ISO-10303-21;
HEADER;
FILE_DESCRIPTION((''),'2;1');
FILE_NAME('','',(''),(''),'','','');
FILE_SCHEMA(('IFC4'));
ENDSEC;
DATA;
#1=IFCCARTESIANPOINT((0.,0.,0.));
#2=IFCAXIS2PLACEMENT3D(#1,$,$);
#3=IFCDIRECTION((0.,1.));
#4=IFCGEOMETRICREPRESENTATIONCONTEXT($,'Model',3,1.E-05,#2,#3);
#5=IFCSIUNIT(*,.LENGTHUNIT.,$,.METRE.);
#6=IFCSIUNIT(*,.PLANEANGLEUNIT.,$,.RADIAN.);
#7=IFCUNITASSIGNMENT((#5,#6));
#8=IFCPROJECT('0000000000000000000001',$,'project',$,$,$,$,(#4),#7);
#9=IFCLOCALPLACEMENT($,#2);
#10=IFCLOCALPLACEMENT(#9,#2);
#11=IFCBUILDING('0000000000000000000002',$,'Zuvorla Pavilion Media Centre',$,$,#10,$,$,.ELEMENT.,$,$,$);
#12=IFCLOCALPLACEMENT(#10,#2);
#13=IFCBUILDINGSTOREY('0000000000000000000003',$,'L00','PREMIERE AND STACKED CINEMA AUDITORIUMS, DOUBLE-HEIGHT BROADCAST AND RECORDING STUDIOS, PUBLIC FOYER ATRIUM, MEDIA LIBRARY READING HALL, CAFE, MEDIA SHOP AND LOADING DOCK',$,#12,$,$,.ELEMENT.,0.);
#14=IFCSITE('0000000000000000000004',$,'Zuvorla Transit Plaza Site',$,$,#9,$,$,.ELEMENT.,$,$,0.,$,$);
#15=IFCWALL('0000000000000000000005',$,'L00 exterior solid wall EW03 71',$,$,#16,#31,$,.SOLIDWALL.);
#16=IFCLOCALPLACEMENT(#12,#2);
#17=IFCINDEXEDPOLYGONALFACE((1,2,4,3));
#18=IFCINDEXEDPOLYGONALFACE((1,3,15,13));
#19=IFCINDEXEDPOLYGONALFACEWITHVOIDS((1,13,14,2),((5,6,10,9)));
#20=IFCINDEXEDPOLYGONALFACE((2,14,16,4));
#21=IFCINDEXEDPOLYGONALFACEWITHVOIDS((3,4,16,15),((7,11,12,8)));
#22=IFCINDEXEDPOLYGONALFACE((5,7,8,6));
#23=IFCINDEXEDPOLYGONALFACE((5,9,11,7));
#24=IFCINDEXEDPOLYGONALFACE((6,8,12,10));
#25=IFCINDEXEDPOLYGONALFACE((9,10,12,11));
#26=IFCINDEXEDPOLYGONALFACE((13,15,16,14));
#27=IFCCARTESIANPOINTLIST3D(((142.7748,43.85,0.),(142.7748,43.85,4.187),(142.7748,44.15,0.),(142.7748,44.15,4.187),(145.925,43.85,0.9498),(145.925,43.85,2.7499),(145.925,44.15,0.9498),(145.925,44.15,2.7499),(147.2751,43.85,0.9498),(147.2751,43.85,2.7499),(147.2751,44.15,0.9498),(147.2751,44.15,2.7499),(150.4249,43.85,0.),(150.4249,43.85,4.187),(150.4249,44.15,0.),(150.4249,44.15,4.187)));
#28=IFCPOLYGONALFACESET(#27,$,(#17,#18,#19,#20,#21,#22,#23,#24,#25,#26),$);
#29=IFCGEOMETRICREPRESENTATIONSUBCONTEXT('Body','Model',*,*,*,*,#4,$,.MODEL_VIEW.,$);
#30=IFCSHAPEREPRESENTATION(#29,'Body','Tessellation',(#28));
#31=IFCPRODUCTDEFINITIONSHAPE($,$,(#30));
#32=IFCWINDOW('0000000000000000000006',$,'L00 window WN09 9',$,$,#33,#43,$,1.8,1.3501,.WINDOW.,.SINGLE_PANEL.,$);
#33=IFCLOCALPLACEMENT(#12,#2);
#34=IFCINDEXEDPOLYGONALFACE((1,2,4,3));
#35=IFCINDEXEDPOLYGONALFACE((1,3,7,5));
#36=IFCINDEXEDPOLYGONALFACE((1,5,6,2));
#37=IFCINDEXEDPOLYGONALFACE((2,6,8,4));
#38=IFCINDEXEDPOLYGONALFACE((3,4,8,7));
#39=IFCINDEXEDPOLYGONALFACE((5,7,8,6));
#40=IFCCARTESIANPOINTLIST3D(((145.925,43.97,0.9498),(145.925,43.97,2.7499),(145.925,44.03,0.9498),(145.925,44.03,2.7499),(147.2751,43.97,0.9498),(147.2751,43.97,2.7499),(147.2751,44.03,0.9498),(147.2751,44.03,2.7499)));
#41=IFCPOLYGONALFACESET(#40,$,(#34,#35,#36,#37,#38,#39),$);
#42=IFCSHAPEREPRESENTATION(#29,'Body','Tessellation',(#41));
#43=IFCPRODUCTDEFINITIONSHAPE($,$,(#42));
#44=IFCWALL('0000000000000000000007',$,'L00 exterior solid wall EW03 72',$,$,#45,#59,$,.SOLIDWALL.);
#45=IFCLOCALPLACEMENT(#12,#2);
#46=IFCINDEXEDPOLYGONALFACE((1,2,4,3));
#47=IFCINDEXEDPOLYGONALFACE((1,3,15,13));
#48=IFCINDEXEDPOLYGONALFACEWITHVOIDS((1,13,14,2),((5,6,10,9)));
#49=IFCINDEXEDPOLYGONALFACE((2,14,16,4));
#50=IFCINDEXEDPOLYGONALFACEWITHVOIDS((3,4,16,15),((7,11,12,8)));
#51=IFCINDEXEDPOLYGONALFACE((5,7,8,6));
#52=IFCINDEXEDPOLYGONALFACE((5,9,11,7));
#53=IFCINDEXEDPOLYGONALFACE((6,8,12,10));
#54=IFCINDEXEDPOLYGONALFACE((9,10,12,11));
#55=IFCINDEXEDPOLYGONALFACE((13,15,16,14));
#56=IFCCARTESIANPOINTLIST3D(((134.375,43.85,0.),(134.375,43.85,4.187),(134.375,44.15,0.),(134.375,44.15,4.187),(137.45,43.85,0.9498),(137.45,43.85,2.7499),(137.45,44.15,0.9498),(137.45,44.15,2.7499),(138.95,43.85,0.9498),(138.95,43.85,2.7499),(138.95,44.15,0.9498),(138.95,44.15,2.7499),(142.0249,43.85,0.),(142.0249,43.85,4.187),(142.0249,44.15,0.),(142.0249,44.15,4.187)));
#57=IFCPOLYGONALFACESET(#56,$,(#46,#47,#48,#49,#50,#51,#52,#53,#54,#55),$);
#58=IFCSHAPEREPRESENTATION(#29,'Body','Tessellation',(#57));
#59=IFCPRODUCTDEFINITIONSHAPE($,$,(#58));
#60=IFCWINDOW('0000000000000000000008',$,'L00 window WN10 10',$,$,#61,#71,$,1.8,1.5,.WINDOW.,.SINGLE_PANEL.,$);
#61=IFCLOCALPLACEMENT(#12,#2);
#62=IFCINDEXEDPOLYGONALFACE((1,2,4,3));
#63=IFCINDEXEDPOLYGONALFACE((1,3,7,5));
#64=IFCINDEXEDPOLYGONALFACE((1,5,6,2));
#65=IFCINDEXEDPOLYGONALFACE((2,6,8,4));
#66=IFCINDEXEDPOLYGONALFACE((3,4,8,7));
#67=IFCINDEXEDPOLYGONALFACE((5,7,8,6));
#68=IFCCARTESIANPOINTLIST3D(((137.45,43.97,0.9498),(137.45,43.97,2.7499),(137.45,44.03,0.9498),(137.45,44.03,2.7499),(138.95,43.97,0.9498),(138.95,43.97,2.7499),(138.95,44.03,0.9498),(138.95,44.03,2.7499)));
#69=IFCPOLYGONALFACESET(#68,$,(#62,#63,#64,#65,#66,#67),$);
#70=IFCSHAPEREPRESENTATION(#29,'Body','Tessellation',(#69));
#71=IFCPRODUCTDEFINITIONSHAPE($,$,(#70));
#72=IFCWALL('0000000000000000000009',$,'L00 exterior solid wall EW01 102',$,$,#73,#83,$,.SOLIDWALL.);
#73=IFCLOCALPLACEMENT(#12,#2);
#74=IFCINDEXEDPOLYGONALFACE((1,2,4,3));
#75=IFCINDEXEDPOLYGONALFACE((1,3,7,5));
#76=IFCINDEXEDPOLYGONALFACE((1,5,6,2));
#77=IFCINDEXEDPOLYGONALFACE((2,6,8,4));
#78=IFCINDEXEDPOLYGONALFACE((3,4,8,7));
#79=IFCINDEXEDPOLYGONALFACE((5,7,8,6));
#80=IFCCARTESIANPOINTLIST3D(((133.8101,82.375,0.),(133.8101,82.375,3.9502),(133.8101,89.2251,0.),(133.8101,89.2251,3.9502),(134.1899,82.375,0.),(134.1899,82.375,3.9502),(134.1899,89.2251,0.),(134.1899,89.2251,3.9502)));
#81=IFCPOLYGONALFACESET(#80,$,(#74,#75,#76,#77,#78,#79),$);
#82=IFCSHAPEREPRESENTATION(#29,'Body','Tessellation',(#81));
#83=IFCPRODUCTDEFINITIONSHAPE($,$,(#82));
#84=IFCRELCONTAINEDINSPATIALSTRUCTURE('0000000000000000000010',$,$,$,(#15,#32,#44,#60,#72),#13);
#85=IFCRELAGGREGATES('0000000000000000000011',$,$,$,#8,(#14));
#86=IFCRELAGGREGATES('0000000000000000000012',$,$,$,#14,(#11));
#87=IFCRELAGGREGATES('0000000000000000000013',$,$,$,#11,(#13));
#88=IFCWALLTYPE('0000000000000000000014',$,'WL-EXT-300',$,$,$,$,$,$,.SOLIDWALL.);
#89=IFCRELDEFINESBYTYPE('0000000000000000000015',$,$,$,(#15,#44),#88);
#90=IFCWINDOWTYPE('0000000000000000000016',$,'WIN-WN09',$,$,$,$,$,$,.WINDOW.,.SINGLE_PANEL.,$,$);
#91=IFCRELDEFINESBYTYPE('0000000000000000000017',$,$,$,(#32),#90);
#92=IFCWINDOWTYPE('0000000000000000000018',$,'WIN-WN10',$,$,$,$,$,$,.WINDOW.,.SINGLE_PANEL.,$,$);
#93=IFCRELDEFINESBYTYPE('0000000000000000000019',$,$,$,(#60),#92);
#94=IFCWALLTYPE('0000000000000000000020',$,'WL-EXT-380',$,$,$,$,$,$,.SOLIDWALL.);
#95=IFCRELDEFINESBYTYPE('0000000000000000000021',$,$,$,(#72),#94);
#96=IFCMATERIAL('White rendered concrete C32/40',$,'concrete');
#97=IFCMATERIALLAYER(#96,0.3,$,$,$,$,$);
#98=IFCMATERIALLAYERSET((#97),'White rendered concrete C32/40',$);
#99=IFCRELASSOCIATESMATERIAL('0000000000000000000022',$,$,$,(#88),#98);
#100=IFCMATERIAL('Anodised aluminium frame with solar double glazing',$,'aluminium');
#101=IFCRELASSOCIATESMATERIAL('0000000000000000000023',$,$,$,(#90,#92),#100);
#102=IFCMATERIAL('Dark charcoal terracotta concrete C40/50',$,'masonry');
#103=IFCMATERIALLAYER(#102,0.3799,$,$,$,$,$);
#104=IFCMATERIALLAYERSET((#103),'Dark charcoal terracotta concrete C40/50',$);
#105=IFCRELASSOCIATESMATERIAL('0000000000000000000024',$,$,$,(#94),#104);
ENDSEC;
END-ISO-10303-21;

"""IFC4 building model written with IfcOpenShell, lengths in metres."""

from ifc_helpers import new_model, si_unit, direction, frame, frame_2d, origin, place, context, subcontext, project, spatial, rectangle, extrude, material, layer, layer_set, type_object, element, fill, save


model = new_model("IFC4")

# Units and contexts
model_context = context("Model", 3, precision=1e-05, world=origin(), true_north=direction((0.0, 1.0)))
body_context = subcontext(model_context, "Body", "Model", "MODEL_VIEW")
ifc_project = project(units=[si_unit("LENGTHUNIT", "METRE"), si_unit("PLANEANGLEUNIT", "RADIAN")], contexts=[model_context])

# Site, building, storey
site_placement = place(None, origin())
site = spatial("IfcSite", under=ifc_project, at=site_placement, Name="Zuvorla Transit Plaza Site", CompositionType="ELEMENT", RefElevation=0.0)
building_placement = place(site_placement, origin())
building = spatial("IfcBuilding", under=site, at=building_placement, Name="Zuvorla Pavilion Media Centre", CompositionType="ELEMENT")
storey_placement = place(building_placement, origin())
storey = spatial("IfcBuildingStorey", under=building, at=storey_placement, Name="L00", Description="PREMIERE AND STACKED CINEMA AUDITORIUMS, DOUBLE-HEIGHT BROADCAST AND RECORDING STUDIOS, PUBLIC FOYER ATRIUM, MEDIA LIBRARY READING HALL, CAFE, MEDIA SHOP AND LOADING DOCK", CompositionType="ELEMENT", Elevation=0.0)

# Walls, openings, windows
ifc_material_1 = material(Name="White rendered concrete C32/40", Category="concrete")
ifc_layer_1 = layer(ifc_material_1, 0.3)
ifc_layer_set_1 = layer_set([ifc_layer_1], Name="White rendered concrete C32/40")
wall_type_1 = type_object("IfcWallType", Name="WL-EXT-300", PredefinedType="SOLIDWALL", material=ifc_layer_set_1)
ifc_material_2 = material(Name="Anodised aluminium frame with solar double glazing", Category="aluminium")
wall_1_placement = place(storey_placement, frame((150.425, 44.0, 0.0), z_axis=(0.0, 0.0, 1.0), x_axis=(-1.0, 0.0, 0.0)))
wall_1 = element("IfcWall", 1, at=wall_1_placement, inside=storey, type_object=wall_type_1, Name="L00 exterior solid wall EW03 71", PredefinedType="SOLIDWALL", context=body_context, shape_type="SweptSolid", body=[
    extrude(rectangle(XDim=7.6501, YDim=0.3, at=frame_2d((3.8252, 0.0))), origin(), (0.0, 0.0, 1.0), 4.187),
])
opening_1_placement = place(wall_1_placement, frame((3.1499, 0.0, 0.95)))
opening_1 = element("IfcOpeningElement", 2, at=opening_1_placement, cuts=wall_1, PredefinedType="OPENING", context=body_context, shape_type="SweptSolid", body=[
    extrude(rectangle(XDim=1.3501, YDim=1.8, at=frame_2d((0.675, 0.8999))), frame((0.0, 0.1599, 0.0), z_axis=(0.0, -1.0, 0.0), x_axis=(1.0, 0.0, 0.0)), (0.0, 0.0, 1.0), 0.3201),
])
window_type_1 = type_object("IfcWindowType", Name="WIN-WN09", PartitioningType="SINGLE_PANEL", PredefinedType="WINDOW", material=ifc_material_2)
window_1_placement = place(opening_1_placement, origin())
window_1 = element("IfcWindow", 3, at=window_1_placement, inside=storey, type_object=window_type_1, Name="L00 window WN09 9", OverallHeight=1.8, OverallWidth=1.3501, PartitioningType="SINGLE_PANEL", PredefinedType="WINDOW", context=body_context, shape_type="SweptSolid", body=[
    extrude(rectangle(XDim=1.3501, YDim=1.8, at=frame_2d((0.675, 0.8999))), frame((0.0, 0.03, 0.0), z_axis=(0.0, -1.0, 0.0), x_axis=(1.0, 0.0, 0.0)), (0.0, 0.0, 1.0), 0.0601),
])
fill(opening_1, window_1)
wall_2_placement = place(storey_placement, frame((142.0249, 44.0, 0.0), z_axis=(0.0, 0.0, 1.0), x_axis=(-1.0, 0.0, 0.0)))
wall_2 = element("IfcWall", 4, at=wall_2_placement, inside=storey, type_object=wall_type_1, Name="L00 exterior solid wall EW03 72", PredefinedType="SOLIDWALL", context=body_context, shape_type="SweptSolid", body=[
    extrude(rectangle(XDim=7.6499, YDim=0.3, at=frame_2d((3.825, 0.0))), origin(), (0.0, 0.0, 1.0), 4.187),
])
opening_2_placement = place(wall_2_placement, frame((3.075, 0.0, 0.95)))
opening_2 = element("IfcOpeningElement", 5, at=opening_2_placement, cuts=wall_2, PredefinedType="OPENING", context=body_context, shape_type="SweptSolid", body=[
    extrude(rectangle(XDim=1.5, YDim=1.8, at=frame_2d((0.75, 0.8999))), frame((0.0, 0.1599, 0.0), z_axis=(0.0, -1.0, 0.0), x_axis=(1.0, 0.0, 0.0)), (0.0, 0.0, 1.0), 0.3201),
])
window_type_2 = type_object("IfcWindowType", Name="WIN-WN10", PartitioningType="SINGLE_PANEL", PredefinedType="WINDOW", material=ifc_material_2)
window_2_placement = place(opening_2_placement, origin())
window_2 = element("IfcWindow", 6, at=window_2_placement, inside=storey, type_object=window_type_2, Name="L00 window WN10 10", OverallHeight=1.8, OverallWidth=1.5, PartitioningType="SINGLE_PANEL", PredefinedType="WINDOW", context=body_context, shape_type="SweptSolid", body=[
    extrude(rectangle(XDim=1.5, YDim=1.8, at=frame_2d((0.75, 0.8999))), frame((0.0, 0.03, 0.0), z_axis=(0.0, -1.0, 0.0), x_axis=(1.0, 0.0, 0.0)), (0.0, 0.0, 1.0), 0.0601),
])
fill(opening_2, window_2)

# Wall
ifc_material_3 = material(Name="Dark charcoal terracotta concrete C40/50", Category="masonry")
ifc_layer_2 = layer(ifc_material_3, 0.3799)
ifc_layer_set_2 = layer_set([ifc_layer_2], Name="Dark charcoal terracotta concrete C40/50")
wall_type_2 = type_object("IfcWallType", Name="WL-EXT-380", PredefinedType="SOLIDWALL", material=ifc_layer_set_2)
wall_3_placement = place(storey_placement, frame((134.0, 82.375, 0.0), z_axis=(0.0, 0.0, 1.0), x_axis=(0.0, 1.0, 0.0)))
element("IfcWall", 7, at=wall_3_placement, inside=storey, type_object=wall_type_2, Name="L00 exterior solid wall EW01 102", PredefinedType="SOLIDWALL", context=body_context, shape_type="SweptSolid", body=[
    extrude(rectangle(XDim=6.8501, YDim=0.3799, at=frame_2d((3.425, 0.0))), origin(), (0.0, 0.0, 1.0), 3.9502),
])

save(model, "model.ifc")
